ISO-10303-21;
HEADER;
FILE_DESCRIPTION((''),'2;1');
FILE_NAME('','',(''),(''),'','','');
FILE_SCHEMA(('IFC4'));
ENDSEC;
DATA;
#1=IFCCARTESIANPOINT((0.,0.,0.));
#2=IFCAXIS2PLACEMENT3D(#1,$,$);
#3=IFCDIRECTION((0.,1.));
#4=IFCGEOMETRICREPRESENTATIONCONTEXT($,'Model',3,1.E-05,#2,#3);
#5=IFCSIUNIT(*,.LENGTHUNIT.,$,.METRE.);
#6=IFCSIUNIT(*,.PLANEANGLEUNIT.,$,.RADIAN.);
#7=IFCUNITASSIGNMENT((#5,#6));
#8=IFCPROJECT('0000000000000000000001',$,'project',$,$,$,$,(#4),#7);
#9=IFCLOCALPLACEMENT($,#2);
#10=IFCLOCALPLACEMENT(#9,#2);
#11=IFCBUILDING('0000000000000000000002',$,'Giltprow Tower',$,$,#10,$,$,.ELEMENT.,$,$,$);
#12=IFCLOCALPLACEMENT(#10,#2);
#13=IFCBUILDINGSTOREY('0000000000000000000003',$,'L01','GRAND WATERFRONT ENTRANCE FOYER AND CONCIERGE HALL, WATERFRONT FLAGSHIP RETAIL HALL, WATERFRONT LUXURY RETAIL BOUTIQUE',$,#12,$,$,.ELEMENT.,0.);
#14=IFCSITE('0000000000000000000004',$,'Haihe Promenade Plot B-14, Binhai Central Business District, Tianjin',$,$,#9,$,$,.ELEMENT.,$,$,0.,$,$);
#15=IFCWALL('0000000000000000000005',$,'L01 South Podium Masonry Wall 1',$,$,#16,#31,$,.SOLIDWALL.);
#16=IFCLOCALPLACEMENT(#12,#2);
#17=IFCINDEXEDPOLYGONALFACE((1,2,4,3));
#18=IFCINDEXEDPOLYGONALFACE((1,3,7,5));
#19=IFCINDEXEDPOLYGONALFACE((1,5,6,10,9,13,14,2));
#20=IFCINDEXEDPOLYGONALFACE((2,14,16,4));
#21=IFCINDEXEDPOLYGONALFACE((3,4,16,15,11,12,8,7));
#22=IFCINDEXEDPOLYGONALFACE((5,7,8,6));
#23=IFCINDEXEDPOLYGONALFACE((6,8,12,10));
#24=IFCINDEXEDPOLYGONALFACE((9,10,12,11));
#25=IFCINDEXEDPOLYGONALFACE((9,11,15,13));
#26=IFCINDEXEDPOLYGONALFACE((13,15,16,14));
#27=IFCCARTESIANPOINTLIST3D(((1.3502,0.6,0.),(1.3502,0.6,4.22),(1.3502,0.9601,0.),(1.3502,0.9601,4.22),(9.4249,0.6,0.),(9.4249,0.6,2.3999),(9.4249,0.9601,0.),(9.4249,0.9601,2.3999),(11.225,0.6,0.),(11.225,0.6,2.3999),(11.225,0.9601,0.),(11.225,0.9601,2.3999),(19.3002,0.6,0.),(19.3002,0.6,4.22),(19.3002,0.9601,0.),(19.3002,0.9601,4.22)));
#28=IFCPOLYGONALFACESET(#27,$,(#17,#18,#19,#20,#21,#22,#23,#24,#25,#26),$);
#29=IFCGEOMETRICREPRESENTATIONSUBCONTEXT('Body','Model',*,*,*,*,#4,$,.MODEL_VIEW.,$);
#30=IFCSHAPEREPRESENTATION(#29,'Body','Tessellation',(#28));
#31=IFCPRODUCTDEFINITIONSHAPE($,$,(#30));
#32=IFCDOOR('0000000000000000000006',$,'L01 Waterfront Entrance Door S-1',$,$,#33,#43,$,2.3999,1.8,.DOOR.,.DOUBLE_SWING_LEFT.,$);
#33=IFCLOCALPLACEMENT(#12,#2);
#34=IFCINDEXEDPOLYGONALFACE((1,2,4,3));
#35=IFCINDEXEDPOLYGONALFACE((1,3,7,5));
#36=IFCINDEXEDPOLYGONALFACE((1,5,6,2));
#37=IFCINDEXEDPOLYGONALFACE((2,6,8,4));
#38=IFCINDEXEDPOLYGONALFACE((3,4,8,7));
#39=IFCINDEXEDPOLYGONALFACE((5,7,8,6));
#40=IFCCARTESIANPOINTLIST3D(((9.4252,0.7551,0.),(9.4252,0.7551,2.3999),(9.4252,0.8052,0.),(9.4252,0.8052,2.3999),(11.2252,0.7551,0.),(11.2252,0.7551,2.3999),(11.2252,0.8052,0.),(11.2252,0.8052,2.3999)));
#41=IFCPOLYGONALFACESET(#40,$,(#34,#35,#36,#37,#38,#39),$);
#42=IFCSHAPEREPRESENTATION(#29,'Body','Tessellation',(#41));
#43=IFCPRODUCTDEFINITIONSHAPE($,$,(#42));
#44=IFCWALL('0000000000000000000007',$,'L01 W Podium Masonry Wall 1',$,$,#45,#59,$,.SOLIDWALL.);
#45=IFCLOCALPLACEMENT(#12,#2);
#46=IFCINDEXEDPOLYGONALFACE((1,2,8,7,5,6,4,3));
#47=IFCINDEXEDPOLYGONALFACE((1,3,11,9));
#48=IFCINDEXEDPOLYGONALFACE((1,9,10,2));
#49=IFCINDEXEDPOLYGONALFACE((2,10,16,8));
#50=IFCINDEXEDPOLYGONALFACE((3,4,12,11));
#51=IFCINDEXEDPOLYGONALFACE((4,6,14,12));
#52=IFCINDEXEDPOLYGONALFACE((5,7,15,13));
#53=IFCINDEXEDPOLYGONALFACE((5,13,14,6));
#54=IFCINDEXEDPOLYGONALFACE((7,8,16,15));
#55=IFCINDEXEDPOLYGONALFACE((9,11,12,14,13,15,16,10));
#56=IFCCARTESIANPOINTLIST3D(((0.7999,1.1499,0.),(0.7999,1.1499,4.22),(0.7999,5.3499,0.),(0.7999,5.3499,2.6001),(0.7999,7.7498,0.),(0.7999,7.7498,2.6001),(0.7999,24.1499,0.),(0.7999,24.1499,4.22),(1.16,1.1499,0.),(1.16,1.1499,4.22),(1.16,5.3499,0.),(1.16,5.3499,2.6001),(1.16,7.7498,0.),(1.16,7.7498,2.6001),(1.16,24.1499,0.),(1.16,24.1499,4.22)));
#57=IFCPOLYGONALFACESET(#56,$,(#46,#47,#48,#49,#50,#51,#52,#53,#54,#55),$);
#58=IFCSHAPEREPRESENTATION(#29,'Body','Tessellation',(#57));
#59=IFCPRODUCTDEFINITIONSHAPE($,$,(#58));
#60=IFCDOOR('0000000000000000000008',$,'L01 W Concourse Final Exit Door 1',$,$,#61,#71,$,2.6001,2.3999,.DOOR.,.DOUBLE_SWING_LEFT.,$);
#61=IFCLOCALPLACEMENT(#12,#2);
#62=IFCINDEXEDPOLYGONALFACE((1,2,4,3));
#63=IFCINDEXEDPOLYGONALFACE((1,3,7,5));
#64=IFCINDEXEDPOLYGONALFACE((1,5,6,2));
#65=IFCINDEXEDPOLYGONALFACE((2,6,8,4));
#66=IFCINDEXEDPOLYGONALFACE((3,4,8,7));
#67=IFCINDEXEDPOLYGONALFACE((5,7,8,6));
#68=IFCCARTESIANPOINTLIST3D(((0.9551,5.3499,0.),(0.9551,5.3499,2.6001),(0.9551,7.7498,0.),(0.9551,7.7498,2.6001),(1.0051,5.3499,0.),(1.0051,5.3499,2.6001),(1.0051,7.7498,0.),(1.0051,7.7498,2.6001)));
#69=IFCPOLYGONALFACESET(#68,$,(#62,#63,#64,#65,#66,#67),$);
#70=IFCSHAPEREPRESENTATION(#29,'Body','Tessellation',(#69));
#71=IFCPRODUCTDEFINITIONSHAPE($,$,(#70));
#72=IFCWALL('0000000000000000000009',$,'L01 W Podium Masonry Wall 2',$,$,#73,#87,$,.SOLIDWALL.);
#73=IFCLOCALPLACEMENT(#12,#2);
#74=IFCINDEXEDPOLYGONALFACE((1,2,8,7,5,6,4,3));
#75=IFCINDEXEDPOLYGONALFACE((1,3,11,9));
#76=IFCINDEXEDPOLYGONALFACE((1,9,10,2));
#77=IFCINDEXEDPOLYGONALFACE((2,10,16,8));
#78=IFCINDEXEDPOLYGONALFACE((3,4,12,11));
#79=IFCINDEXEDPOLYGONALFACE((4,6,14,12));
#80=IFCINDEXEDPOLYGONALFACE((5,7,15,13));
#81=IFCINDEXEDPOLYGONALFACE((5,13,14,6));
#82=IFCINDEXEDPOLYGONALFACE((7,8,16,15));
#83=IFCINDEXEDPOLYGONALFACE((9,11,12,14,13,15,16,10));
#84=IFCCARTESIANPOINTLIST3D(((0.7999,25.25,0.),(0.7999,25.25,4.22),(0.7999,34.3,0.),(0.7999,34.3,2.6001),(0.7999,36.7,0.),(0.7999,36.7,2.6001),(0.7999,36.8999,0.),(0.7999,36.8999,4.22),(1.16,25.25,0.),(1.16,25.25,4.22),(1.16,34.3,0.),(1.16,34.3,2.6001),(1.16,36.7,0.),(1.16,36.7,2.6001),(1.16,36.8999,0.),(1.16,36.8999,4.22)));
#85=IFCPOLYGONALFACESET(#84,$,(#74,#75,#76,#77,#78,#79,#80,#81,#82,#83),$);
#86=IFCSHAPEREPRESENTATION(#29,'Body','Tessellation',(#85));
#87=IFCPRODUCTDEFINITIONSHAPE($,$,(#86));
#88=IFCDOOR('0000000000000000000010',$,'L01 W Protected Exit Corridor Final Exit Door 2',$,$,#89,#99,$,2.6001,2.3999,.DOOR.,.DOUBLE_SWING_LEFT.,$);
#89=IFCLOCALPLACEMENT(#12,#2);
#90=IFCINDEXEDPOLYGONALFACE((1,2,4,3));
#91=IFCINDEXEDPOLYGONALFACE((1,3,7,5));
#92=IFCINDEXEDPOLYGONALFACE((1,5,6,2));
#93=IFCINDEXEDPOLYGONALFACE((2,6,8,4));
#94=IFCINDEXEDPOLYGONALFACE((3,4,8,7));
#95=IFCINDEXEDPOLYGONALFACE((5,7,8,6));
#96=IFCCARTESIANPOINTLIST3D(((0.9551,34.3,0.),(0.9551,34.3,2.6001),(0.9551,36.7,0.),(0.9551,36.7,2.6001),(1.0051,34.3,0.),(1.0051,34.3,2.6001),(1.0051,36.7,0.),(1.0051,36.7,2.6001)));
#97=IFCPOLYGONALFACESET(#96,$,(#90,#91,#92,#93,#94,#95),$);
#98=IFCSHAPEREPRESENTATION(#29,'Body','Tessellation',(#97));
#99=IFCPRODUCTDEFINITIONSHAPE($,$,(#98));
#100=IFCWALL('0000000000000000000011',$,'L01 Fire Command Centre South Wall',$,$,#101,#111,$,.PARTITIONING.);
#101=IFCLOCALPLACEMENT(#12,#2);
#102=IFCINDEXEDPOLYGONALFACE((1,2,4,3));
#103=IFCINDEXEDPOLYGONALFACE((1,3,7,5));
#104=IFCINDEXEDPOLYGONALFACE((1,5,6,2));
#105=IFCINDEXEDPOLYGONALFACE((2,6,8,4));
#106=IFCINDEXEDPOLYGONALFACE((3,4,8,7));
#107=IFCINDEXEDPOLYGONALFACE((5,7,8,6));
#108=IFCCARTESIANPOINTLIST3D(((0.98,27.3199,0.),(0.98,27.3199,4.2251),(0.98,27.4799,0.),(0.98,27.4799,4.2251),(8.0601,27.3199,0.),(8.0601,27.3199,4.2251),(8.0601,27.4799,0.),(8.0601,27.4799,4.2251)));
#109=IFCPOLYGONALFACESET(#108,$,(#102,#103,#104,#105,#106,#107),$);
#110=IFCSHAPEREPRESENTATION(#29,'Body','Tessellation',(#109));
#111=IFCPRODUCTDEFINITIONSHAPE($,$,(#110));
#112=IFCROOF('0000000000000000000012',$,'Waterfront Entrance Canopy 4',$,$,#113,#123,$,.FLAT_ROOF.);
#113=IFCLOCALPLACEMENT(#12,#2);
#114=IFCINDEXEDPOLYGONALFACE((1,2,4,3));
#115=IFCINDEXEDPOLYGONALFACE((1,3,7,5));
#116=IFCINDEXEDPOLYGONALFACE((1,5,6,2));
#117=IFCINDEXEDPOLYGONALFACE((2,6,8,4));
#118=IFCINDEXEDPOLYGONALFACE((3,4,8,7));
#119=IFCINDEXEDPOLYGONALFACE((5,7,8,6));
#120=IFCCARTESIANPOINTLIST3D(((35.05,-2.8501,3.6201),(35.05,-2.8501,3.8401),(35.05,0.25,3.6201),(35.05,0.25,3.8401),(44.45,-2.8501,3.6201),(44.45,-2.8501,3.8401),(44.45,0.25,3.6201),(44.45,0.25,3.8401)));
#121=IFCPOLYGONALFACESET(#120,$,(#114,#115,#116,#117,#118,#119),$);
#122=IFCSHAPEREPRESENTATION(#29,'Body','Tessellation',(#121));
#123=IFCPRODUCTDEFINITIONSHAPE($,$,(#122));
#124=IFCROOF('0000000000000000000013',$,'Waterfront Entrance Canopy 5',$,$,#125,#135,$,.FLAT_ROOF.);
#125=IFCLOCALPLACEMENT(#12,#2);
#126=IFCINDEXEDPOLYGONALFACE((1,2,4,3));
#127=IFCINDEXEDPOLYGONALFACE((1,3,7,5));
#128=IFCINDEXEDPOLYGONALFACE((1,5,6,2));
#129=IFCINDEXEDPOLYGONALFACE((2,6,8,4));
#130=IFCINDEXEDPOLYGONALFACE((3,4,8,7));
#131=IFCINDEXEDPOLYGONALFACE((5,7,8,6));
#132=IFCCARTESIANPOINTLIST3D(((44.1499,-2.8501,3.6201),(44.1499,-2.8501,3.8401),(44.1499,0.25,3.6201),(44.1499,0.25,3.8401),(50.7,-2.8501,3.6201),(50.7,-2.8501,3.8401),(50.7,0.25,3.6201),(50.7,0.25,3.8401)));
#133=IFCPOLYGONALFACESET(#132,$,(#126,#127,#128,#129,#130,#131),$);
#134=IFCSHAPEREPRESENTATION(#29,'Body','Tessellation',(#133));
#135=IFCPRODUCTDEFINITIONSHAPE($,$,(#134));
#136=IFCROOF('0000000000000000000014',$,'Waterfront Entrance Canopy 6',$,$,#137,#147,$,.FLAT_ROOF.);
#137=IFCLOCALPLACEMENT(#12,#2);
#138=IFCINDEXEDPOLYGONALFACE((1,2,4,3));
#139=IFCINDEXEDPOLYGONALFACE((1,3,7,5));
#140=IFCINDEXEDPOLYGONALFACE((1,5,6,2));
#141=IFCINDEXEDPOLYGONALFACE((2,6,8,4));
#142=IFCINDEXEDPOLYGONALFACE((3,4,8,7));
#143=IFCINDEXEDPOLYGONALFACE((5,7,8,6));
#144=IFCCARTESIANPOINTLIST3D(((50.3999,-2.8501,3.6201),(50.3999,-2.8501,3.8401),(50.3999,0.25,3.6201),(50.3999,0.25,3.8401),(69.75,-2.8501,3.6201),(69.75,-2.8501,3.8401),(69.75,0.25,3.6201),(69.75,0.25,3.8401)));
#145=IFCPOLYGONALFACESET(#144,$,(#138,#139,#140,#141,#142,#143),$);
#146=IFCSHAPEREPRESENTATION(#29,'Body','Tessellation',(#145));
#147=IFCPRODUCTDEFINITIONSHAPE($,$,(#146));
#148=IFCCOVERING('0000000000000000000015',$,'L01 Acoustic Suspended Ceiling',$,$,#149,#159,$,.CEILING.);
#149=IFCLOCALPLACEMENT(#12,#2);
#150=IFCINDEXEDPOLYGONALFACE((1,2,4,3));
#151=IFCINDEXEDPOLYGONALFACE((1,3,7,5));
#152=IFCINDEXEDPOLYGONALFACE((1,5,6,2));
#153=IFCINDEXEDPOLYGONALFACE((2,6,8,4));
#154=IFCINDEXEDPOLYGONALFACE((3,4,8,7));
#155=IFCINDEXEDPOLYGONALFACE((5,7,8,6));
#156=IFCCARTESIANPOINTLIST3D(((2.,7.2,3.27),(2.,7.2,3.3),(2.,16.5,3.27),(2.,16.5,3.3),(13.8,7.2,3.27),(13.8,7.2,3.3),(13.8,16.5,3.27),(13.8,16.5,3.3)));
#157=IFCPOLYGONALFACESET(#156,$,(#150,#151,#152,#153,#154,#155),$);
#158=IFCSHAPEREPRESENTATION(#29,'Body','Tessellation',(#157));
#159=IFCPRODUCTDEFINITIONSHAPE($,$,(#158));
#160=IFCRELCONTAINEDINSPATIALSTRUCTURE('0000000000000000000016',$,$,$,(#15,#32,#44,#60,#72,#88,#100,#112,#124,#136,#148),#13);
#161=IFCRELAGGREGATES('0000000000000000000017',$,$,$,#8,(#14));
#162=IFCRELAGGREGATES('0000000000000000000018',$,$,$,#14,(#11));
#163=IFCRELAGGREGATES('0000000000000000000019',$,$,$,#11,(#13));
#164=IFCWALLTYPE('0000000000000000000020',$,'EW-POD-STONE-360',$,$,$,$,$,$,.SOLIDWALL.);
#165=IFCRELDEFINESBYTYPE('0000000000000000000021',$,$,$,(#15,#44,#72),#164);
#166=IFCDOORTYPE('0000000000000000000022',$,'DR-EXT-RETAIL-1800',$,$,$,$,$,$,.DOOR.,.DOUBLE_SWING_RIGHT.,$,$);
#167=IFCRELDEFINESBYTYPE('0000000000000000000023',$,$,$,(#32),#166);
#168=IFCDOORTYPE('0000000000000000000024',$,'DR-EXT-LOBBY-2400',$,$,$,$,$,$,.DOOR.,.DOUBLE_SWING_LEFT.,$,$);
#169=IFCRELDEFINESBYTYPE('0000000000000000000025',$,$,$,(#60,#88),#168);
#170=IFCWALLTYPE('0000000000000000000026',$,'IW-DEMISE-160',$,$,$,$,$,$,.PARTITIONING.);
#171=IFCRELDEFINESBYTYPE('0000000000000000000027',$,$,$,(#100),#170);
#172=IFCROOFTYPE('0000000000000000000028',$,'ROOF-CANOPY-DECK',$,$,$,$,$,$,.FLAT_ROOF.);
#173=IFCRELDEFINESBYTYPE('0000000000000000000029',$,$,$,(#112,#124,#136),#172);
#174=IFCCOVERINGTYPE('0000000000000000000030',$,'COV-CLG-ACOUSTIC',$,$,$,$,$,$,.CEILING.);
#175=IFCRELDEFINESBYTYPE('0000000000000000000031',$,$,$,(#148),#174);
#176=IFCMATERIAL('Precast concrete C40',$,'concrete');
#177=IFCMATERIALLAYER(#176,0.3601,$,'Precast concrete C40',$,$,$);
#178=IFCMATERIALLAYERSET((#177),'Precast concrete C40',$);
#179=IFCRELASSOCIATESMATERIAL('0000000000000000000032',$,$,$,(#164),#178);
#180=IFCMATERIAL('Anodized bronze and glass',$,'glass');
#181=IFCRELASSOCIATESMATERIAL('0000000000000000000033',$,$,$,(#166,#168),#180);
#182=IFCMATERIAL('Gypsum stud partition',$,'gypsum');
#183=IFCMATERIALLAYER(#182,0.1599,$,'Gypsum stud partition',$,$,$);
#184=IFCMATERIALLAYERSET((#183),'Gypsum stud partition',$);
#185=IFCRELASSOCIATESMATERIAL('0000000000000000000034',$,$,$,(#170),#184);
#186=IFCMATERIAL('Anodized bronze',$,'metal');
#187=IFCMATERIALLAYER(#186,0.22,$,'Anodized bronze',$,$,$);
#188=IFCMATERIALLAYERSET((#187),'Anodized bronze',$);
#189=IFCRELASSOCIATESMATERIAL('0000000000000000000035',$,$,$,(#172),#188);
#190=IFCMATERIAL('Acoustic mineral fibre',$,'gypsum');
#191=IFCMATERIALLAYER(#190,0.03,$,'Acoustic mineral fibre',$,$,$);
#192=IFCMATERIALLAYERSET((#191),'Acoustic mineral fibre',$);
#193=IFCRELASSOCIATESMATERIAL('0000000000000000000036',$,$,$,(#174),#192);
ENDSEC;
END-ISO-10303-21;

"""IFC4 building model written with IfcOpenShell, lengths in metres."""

from ifc_helpers import new_model, si_unit, direction, frame, frame_2d, origin, place, context, subcontext, project, spatial, polyline, rectangle, outline, extrude, source, transform, mapped, material, layer, layer_set, type_object, element, fill, save


model = new_model("IFC4")

# Units and contexts
model_context = context("Model", 3, precision=1e-05, world=origin(), true_north=direction((0.0, 1.0)))
body_context = subcontext(model_context, "Body", "Model", "MODEL_VIEW")
ifc_project = project(units=[si_unit("LENGTHUNIT", "METRE"), si_unit("PLANEANGLEUNIT", "RADIAN")], contexts=[model_context])

# Site, building, storey
site_placement = place(None, origin())
site = spatial("IfcSite", under=ifc_project, at=site_placement, Name="Haihe Promenade Plot B-14, Binhai Central Business District, Tianjin", CompositionType="ELEMENT", RefElevation=0.0)
building_placement = place(site_placement, origin())
building = spatial("IfcBuilding", under=site, at=building_placement, Name="Giltprow Tower", CompositionType="ELEMENT")
storey_placement = place(building_placement, origin())
storey = spatial("IfcBuildingStorey", under=building, at=storey_placement, Name="L01", Description="GRAND WATERFRONT ENTRANCE FOYER AND CONCIERGE HALL, WATERFRONT FLAGSHIP RETAIL HALL, WATERFRONT LUXURY RETAIL BOUTIQUE", CompositionType="ELEMENT", Elevation=0.0)

# Walls, openings, doors
ifc_material_1 = material(Name="Precast concrete C40", Category="concrete")
ifc_layer_1 = layer(ifc_material_1, 0.3601, Name="Precast concrete C40")
ifc_layer_set_1 = layer_set([ifc_layer_1], Name="Precast concrete C40")
wall_type_1 = type_object("IfcWallType", Name="EW-POD-STONE-360", PredefinedType="SOLIDWALL", material=ifc_layer_set_1)
wall_1_placement = place(storey_placement, frame((1.3501, 0.78, 0.0), z_axis=(0.0, 0.0, 1.0), x_axis=(1.0, 0.0, 0.0)))
wall_1 = element("IfcWall", 1, at=wall_1_placement, inside=storey, type_object=wall_type_1, Name="L01 South Podium Masonry Wall 1", PredefinedType="SOLIDWALL", context=body_context, shape_type="SweptSolid", body=[
    extrude(rectangle(XDim=17.95, YDim=0.3601, at=frame_2d((8.9751, 0.0))), origin(), (0.0, 0.0, 1.0), 4.22),
])
opening_1_placement = place(wall_1_placement, frame((8.075, 0.0, 0.0)))
opening_1 = element("IfcOpeningElement", 2, at=opening_1_placement, cuts=wall_1, PredefinedType="OPENING", context=body_context, shape_type="SweptSolid", body=[
    extrude(rectangle(XDim=1.8, YDim=2.3999, at=frame_2d((0.8999, 1.2))), frame((0.0, 0.1899, 0.0), z_axis=(0.0, -1.0, 0.0), x_axis=(1.0, 0.0, 0.0)), (0.0, 0.0, 1.0), 0.3801),
])
ifc_material_2 = material(Name="Anodized bronze and glass", Category="glass")
door_type_1 = type_object("IfcDoorType", Name="DR-EXT-RETAIL-1800", OperationType="DOUBLE_SWING_RIGHT", PredefinedType="DOOR", material=ifc_material_2)
shared_shape_1 = source(origin(), body_context, "Body", "SweptSolid", [
    extrude(rectangle(XDim=1.8, YDim=2.3999, at=frame_2d((0.8999, 1.2))), frame((0.0, 0.0249, 0.0), z_axis=(0.0, -1.0, 0.0), x_axis=(1.0, 0.0, 0.0)), (0.0, 0.0, 1.0), 0.05),
])
door_1_placement = place(opening_1_placement, frame((1.8, 0.0, 0.0), z_axis=(0.0, 0.0, 1.0), x_axis=(-1.0, 0.0, 0.0)))
door_1 = element("IfcDoor", 3, at=door_1_placement, inside=storey, type_object=door_type_1, Name="L01 Waterfront Entrance Door S-1", OperationType="DOUBLE_SWING_LEFT", OverallHeight=2.3999, OverallWidth=1.8, PredefinedType="DOOR", context=body_context, shape_type="MappedRepresentation", body=[
    mapped(shared_shape_1, transform((0.0, 0.0, 0.0), x_axis=(1.0, 0.0, 0.0), y_axis=(0.0, 1.0, 0.0), z_axis=(0.0, 0.0, 1.0), scale=1.0)),
])
fill(opening_1, door_1)
wall_2_placement = place(storey_placement, frame((0.98, 1.1499, 0.0), z_axis=(0.0, 0.0, 1.0), x_axis=(0.0, 1.0, 0.0)))
wall_2 = element("IfcWall", 4, at=wall_2_placement, inside=storey, type_object=wall_type_1, Name="L01 W Podium Masonry Wall 1", PredefinedType="SOLIDWALL", context=body_context, shape_type="SweptSolid", body=[
    extrude(rectangle(XDim=23.0, YDim=0.3601, at=frame_2d((11.5, 0.0))), origin(), (0.0, 0.0, 1.0), 4.22),
])
opening_2_placement = place(wall_2_placement, frame((4.2, 0.0, 0.0)))
opening_2 = element("IfcOpeningElement", 5, at=opening_2_placement, cuts=wall_2, PredefinedType="OPENING", context=body_context, shape_type="SweptSolid", body=[
    extrude(rectangle(XDim=2.3999, YDim=2.6001, at=frame_2d((1.2, 1.3))), frame((0.0, 0.1899, 0.0), z_axis=(0.0, -1.0, 0.0), x_axis=(1.0, 0.0, 0.0)), (0.0, 0.0, 1.0), 0.3801),
])
door_type_2 = type_object("IfcDoorType", Name="DR-EXT-LOBBY-2400", OperationType="DOUBLE_SWING_LEFT", PredefinedType="DOOR", material=ifc_material_2)
shared_shape_2 = source(origin(), body_context, "Body", "SweptSolid", [
    extrude(rectangle(XDim=2.3999, YDim=2.6001, at=frame_2d((1.2, 1.3))), frame((0.0, 0.0249, 0.0), z_axis=(0.0, -1.0, 0.0), x_axis=(1.0, 0.0, 0.0)), (0.0, 0.0, 1.0), 0.05),
])
door_2_placement = place(opening_2_placement, origin())
door_2 = element("IfcDoor", 6, at=door_2_placement, inside=storey, type_object=door_type_2, Name="L01 W Concourse Final Exit Door 1", OperationType="DOUBLE_SWING_LEFT", OverallHeight=2.6001, OverallWidth=2.3999, PredefinedType="DOOR", context=body_context, shape_type="MappedRepresentation", body=[
    mapped(shared_shape_2, transform((0.0, 0.0, 0.0), x_axis=(1.0, 0.0, 0.0), y_axis=(0.0, 1.0, 0.0), z_axis=(0.0, 0.0, 1.0), scale=1.0)),
])
fill(opening_2, door_2)
wall_3_placement = place(storey_placement, frame((0.98, 25.25, 0.0), z_axis=(0.0, 0.0, 1.0), x_axis=(0.0, 1.0, 0.0)))
wall_3 = element("IfcWall", 7, at=wall_3_placement, inside=storey, type_object=wall_type_1, Name="L01 W Podium Masonry Wall 2", PredefinedType="SOLIDWALL", context=body_context, shape_type="SweptSolid", body=[
    extrude(rectangle(XDim=11.6499, YDim=0.3601, at=frame_2d((5.825, 0.0))), origin(), (0.0, 0.0, 1.0), 4.22),
])
opening_3_placement = place(wall_3_placement, frame((9.05, 0.0, 0.0)))
opening_3 = element("IfcOpeningElement", 8, at=opening_3_placement, cuts=wall_3, PredefinedType="OPENING", context=body_context, shape_type="SweptSolid", body=[
    extrude(rectangle(XDim=2.3999, YDim=2.6001, at=frame_2d((1.2, 1.3))), frame((0.0, 0.1899, 0.0), z_axis=(0.0, -1.0, 0.0), x_axis=(1.0, 0.0, 0.0)), (0.0, 0.0, 1.0), 0.3801),
])
door_3_placement = place(opening_3_placement, origin())
door_3 = element("IfcDoor", 9, at=door_3_placement, inside=storey, type_object=door_type_2, Name="L01 W Protected Exit Corridor Final Exit Door 2", OperationType="DOUBLE_SWING_LEFT", OverallHeight=2.6001, OverallWidth=2.3999, PredefinedType="DOOR", context=body_context, shape_type="MappedRepresentation", body=[
    mapped(shared_shape_2, transform((0.0, 0.0, 0.0), x_axis=(1.0, 0.0, 0.0), y_axis=(0.0, 1.0, 0.0), z_axis=(0.0, 0.0, 1.0), scale=1.0)),
])
fill(opening_3, door_3)

# Wall
ifc_material_3 = material(Name="Gypsum stud partition", Category="gypsum")
ifc_layer_2 = layer(ifc_material_3, 0.1599, Name="Gypsum stud partition")
ifc_layer_set_2 = layer_set([ifc_layer_2], Name="Gypsum stud partition")
wall_type_2 = type_object("IfcWallType", Name="IW-DEMISE-160", PredefinedType="PARTITIONING", material=ifc_layer_set_2)
wall_4_placement = place(storey_placement, frame((0.98, 27.3999, 0.0), z_axis=(0.0, 0.0, 1.0), x_axis=(1.0, 0.0, 0.0)))
element("IfcWall", 10, at=wall_4_placement, inside=storey, type_object=wall_type_2, Name="L01 Fire Command Centre South Wall", PredefinedType="PARTITIONING", context=body_context, shape_type="SweptSolid", body=[
    extrude(rectangle(XDim=7.0801, YDim=0.1599, at=frame_2d((3.54, 0.0))), origin(), (0.0, 0.0, 1.0), 4.2251),
])

# Roofs
ifc_material_4 = material(Name="Anodized bronze", Category="metal")
ifc_layer_3 = layer(ifc_material_4, 0.22, Name="Anodized bronze")
ifc_layer_set_3 = layer_set([ifc_layer_3], Name="Anodized bronze")
roof_type = type_object("IfcRoofType", Name="ROOF-CANOPY-DECK", PredefinedType="FLAT_ROOF", material=ifc_layer_set_3)
roof_1_placement = place(storey_placement, frame((0.0, 0.0, 3.6201)))
element("IfcRoof", 11, at=roof_1_placement, inside=storey, type_object=roof_type, Name="Waterfront Entrance Canopy 4", PredefinedType="FLAT_ROOF", context=body_context, shape_type="SweptSolid", body=[
    extrude(outline(polyline([(35.05, -2.8501), (44.45, -2.8501), (44.45, 0.25), (35.05, 0.25), (35.05, -2.8501)])), origin(), (0.0, 0.0, 1.0), 0.22),
])
roof_2_placement = place(storey_placement, frame((0.0, 0.0, 3.6201)))
element("IfcRoof", 12, at=roof_2_placement, inside=storey, type_object=roof_type, Name="Waterfront Entrance Canopy 5", PredefinedType="FLAT_ROOF", context=body_context, shape_type="SweptSolid", body=[
    extrude(outline(polyline([(44.1499, -2.8501), (50.7, -2.8501), (50.7, 0.25), (44.1499, 0.25), (44.1499, -2.8501)])), origin(), (0.0, 0.0, 1.0), 0.22),
])
roof_3_placement = place(storey_placement, frame((0.0, 0.0, 3.6201)))
element("IfcRoof", 13, at=roof_3_placement, inside=storey, type_object=roof_type, Name="Waterfront Entrance Canopy 6", PredefinedType="FLAT_ROOF", context=body_context, shape_type="SweptSolid", body=[
    extrude(outline(polyline([(50.3999, -2.8501), (69.75, -2.8501), (69.75, 0.25), (50.3999, 0.25), (50.3999, -2.8501)])), origin(), (0.0, 0.0, 1.0), 0.22),
])

# Covering
ifc_material_5 = material(Name="Acoustic mineral fibre", Category="gypsum")
ifc_layer_4 = layer(ifc_material_5, 0.03, Name="Acoustic mineral fibre")
ifc_layer_set_4 = layer_set([ifc_layer_4], Name="Acoustic mineral fibre")
covering_type_1 = type_object("IfcCoveringType", Name="COV-CLG-ACOUSTIC", PredefinedType="CEILING", material=ifc_layer_set_4)
covering_1_placement = place(storey_placement, frame((0.0, 0.0, 3.27)))
element("IfcCovering", 14, at=covering_1_placement, inside=storey, type_object=covering_type_1, Name="L01 Acoustic Suspended Ceiling", PredefinedType="CEILING", context=body_context, shape_type="SweptSolid", body=[
    extrude(outline(polyline([(2.0, 7.2), (13.8, 7.2), (13.8, 16.5), (2.0, 16.5), (2.0, 7.2)])), origin(), (0.0, 0.0, 1.0), 0.03),
])

save(model, "model.ifc")
